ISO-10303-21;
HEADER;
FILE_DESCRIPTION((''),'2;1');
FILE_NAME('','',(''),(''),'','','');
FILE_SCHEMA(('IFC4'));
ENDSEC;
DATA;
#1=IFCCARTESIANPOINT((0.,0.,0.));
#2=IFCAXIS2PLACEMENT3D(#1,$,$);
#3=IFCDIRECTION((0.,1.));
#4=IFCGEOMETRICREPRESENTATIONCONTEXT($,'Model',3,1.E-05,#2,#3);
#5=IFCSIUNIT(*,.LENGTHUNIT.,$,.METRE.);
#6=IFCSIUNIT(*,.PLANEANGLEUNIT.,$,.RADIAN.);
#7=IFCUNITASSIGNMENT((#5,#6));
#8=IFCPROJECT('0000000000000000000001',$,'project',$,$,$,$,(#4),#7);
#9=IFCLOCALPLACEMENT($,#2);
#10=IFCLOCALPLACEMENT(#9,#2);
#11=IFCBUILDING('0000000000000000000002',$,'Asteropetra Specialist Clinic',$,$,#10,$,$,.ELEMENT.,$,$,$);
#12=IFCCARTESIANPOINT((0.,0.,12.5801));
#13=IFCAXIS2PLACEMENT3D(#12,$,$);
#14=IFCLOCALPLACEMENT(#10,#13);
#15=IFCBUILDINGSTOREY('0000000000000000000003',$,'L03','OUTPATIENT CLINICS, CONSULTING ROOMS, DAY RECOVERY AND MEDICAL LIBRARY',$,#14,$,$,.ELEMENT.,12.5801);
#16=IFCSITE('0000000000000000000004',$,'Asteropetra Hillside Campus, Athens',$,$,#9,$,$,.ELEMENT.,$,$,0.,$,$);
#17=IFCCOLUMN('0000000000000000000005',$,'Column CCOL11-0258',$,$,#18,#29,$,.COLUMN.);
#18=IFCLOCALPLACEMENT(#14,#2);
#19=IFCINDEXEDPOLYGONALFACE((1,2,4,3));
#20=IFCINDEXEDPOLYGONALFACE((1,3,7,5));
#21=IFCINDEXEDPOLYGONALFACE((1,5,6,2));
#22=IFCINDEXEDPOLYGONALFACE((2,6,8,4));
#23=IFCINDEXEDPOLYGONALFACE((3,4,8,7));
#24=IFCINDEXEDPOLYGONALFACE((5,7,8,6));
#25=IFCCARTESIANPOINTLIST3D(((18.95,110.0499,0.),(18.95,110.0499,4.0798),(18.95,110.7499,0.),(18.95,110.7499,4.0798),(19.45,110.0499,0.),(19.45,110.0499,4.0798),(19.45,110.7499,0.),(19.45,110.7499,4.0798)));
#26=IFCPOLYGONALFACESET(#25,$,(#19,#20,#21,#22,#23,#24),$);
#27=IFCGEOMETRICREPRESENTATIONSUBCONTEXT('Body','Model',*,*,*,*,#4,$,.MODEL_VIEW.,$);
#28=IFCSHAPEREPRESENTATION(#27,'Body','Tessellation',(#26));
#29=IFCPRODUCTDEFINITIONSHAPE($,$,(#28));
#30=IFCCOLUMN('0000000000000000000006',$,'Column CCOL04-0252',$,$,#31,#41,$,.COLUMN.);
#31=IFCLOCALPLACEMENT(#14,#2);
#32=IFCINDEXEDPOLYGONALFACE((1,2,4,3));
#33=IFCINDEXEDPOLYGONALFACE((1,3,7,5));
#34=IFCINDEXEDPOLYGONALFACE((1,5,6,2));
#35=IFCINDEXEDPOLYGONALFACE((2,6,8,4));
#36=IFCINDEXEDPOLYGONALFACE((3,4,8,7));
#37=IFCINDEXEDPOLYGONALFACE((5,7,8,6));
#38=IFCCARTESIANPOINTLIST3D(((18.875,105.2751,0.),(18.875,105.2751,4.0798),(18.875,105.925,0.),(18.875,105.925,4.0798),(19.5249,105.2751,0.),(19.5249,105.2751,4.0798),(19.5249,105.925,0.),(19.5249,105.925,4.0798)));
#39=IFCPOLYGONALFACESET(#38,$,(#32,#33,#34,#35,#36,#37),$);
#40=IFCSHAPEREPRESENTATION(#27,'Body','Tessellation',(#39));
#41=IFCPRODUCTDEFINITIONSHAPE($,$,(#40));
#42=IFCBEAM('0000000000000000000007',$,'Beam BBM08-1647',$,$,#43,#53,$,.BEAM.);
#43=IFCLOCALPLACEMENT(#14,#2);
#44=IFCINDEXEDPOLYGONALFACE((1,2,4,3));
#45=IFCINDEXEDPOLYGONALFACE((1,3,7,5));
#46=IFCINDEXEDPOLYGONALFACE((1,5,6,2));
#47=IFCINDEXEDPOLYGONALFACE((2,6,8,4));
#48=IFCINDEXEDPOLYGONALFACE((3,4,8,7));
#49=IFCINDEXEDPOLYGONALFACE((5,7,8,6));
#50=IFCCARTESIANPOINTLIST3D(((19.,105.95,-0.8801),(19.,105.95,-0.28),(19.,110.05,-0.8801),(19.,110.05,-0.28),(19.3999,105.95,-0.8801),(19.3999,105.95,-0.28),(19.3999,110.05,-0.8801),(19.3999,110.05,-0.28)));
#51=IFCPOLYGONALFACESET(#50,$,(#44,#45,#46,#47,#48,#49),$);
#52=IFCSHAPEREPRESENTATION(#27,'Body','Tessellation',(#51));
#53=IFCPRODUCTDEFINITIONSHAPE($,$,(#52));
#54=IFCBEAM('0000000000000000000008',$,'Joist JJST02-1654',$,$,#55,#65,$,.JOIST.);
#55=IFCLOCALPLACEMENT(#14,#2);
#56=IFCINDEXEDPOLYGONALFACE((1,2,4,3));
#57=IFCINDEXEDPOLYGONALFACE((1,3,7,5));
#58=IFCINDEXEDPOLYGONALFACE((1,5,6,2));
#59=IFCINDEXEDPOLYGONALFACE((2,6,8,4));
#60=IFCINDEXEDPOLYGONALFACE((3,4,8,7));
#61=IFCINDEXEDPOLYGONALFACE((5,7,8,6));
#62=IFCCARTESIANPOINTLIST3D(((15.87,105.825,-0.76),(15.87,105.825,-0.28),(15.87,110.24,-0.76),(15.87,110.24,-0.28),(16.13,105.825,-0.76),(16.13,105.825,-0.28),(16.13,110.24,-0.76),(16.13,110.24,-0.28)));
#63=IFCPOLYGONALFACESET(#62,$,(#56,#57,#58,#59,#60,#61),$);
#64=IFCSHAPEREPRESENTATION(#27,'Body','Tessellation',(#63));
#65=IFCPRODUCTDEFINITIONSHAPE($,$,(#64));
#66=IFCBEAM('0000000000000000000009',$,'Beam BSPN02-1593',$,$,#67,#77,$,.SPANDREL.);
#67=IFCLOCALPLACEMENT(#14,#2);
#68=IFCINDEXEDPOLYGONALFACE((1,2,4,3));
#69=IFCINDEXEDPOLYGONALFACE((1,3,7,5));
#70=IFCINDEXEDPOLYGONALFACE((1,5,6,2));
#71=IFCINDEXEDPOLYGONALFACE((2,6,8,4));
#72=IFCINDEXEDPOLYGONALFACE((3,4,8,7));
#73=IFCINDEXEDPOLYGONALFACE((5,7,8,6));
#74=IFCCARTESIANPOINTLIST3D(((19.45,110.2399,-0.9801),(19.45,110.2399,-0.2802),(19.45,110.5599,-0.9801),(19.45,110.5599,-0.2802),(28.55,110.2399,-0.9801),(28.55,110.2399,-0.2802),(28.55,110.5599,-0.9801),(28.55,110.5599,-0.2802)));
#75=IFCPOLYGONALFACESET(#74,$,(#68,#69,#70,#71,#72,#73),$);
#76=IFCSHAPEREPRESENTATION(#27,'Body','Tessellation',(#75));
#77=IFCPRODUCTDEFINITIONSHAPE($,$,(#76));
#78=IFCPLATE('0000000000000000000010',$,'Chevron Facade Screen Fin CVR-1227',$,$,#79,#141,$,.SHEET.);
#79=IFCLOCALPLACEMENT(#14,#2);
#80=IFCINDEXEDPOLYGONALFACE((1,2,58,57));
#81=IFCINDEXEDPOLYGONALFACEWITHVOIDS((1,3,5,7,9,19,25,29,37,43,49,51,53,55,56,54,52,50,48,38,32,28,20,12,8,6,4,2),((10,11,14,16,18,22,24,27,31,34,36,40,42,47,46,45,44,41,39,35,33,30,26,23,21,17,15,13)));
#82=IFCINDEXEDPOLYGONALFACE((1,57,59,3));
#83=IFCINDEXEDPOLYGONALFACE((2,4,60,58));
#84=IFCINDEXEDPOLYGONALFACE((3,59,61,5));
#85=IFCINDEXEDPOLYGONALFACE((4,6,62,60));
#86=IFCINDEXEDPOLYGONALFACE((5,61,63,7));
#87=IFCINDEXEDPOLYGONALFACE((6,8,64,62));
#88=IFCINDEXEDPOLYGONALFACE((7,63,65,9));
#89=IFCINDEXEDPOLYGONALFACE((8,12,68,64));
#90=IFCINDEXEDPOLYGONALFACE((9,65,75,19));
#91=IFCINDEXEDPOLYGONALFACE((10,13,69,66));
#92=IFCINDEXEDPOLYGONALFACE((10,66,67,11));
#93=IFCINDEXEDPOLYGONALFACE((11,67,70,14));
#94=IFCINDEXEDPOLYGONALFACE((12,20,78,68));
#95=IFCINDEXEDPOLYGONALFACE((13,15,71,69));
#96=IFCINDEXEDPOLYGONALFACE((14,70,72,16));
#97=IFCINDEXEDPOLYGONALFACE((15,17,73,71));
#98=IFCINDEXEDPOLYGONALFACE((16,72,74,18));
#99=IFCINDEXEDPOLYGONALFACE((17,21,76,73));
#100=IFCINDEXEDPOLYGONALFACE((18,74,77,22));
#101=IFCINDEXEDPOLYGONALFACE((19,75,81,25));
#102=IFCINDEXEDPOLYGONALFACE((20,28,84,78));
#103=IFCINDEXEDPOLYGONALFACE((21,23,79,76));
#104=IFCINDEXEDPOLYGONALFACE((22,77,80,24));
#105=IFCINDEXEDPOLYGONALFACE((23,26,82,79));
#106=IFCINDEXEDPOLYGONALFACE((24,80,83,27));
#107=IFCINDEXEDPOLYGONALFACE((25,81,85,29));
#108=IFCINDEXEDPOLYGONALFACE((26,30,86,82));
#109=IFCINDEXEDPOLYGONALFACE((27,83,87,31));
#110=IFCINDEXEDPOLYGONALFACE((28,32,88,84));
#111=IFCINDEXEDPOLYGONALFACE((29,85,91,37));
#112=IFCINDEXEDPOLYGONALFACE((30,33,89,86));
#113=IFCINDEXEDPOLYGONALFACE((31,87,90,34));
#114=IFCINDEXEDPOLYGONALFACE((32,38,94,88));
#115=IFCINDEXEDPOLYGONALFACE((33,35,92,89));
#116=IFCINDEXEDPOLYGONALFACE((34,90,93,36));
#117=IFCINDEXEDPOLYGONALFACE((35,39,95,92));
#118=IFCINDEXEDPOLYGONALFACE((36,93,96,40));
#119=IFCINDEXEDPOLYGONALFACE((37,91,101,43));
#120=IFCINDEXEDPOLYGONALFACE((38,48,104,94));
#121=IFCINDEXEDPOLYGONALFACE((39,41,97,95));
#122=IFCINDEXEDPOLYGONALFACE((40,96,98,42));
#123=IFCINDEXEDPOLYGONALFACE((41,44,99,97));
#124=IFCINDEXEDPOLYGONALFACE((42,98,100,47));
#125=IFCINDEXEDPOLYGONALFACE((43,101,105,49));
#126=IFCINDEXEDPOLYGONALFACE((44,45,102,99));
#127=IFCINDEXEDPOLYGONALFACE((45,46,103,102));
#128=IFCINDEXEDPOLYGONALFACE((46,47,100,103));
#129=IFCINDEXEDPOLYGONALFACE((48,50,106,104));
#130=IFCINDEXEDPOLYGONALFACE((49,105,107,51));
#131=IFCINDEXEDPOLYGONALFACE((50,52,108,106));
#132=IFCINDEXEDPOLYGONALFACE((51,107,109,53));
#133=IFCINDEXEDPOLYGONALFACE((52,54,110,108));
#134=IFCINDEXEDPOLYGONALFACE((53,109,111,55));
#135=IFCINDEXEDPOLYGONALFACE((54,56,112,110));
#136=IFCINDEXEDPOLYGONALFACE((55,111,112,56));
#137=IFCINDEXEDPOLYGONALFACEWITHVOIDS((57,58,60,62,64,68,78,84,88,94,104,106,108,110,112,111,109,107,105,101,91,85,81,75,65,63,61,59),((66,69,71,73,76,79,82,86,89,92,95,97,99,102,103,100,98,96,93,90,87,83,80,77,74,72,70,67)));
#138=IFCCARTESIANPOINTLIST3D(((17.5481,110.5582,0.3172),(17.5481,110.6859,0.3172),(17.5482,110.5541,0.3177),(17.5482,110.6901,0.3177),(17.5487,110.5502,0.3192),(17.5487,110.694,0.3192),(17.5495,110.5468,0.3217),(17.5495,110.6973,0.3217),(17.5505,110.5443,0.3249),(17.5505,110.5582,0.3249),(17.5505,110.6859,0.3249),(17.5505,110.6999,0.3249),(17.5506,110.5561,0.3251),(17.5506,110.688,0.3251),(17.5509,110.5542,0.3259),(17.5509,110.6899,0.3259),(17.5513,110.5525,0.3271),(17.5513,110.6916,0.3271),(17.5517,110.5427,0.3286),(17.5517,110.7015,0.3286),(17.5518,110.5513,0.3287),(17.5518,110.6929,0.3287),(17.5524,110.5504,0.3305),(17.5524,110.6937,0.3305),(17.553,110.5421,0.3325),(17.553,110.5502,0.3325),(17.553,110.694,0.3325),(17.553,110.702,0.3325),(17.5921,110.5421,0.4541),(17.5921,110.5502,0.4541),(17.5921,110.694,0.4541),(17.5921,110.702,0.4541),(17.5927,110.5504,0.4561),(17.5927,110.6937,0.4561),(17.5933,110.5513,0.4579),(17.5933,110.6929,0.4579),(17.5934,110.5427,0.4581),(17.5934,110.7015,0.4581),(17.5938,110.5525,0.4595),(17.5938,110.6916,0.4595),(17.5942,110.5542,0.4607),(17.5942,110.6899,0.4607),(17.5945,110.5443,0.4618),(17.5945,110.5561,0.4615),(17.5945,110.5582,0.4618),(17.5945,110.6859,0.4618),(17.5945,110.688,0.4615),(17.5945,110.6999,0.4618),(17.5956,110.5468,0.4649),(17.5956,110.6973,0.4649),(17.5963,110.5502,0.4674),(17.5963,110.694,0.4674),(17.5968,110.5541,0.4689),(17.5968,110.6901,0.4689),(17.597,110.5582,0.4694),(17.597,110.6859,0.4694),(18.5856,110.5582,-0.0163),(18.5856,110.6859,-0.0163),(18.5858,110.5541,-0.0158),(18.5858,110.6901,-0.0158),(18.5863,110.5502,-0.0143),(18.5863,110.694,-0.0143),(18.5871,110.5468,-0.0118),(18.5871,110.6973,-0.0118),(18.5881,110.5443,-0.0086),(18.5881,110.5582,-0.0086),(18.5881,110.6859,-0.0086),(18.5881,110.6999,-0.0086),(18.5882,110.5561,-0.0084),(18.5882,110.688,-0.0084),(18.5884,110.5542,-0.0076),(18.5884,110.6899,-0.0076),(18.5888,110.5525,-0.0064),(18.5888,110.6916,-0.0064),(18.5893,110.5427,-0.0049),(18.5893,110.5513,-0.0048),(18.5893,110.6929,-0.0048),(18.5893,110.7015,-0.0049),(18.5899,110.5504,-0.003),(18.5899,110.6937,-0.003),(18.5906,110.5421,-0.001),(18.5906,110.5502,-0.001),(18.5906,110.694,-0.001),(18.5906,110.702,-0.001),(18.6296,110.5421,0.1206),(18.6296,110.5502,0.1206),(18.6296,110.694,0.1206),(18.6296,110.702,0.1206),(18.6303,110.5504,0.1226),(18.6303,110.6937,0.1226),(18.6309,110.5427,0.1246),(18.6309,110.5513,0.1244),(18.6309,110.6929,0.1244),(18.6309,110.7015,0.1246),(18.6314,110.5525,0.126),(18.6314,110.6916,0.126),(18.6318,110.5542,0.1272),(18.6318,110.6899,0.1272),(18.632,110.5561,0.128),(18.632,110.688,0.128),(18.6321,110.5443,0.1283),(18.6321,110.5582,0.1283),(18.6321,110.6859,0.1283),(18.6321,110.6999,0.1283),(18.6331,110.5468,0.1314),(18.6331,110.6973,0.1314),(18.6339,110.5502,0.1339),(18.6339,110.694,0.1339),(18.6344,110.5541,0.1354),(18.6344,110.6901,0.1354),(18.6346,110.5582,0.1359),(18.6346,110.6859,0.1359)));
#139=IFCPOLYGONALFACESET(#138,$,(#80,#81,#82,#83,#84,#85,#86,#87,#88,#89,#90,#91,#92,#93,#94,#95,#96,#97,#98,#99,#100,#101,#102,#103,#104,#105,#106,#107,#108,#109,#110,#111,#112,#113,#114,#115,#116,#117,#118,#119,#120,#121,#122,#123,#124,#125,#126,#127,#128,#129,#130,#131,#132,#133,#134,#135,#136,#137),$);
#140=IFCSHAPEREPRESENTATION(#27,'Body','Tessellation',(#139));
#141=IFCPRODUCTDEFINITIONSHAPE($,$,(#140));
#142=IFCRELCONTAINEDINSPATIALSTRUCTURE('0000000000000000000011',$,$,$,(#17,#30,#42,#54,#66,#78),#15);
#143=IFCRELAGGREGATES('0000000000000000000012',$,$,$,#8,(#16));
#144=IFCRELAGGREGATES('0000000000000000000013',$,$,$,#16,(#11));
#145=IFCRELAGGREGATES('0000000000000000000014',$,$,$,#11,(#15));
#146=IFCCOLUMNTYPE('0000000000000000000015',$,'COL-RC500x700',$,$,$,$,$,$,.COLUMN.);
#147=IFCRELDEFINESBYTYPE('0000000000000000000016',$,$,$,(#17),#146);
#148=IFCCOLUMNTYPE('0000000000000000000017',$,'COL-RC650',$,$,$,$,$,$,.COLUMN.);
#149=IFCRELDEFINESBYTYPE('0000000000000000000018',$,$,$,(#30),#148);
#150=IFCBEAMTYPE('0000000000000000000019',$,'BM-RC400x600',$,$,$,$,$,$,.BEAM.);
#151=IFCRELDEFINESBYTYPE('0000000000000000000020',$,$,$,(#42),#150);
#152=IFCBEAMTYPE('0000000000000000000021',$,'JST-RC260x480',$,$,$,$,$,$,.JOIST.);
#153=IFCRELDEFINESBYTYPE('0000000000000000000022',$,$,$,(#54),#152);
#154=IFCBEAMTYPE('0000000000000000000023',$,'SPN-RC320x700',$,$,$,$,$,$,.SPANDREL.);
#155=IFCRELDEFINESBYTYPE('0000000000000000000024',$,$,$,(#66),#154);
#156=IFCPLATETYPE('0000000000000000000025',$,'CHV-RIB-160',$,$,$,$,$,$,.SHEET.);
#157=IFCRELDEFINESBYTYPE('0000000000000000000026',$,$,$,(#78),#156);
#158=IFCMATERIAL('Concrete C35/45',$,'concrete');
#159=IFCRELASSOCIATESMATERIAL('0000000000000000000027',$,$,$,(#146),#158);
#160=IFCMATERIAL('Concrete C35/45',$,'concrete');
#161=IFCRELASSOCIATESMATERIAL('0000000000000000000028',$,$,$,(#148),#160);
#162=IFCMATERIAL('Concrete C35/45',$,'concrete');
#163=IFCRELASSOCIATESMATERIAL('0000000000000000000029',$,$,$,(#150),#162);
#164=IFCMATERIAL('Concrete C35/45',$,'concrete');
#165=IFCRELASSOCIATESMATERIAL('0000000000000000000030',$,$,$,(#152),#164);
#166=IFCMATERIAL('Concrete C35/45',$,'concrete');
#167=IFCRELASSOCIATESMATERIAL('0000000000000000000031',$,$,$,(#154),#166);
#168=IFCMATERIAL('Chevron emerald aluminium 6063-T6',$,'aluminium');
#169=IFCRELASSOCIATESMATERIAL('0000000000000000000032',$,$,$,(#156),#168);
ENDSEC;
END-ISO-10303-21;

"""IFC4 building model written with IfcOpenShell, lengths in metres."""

from ifc_helpers import new_model, si_unit, direction, frame, origin, origin_2d, place, context, subcontext, project, spatial, rectangle, hollow_rectangle, extrude, material, material_profile, profile_set, type_object, element, save


model = new_model("IFC4")

# Units and contexts
model_context = context("Model", 3, precision=1e-05, world=origin(), true_north=direction((0.0, 1.0)))
body_context = subcontext(model_context, "Body", "Model", "MODEL_VIEW")
ifc_project = project(units=[si_unit("LENGTHUNIT", "METRE"), si_unit("PLANEANGLEUNIT", "RADIAN")], contexts=[model_context])

# Site, building, storey
site_placement = place(None, origin())
site = spatial("IfcSite", under=ifc_project, at=site_placement, Name="Asteropetra Hillside Campus, Athens", CompositionType="ELEMENT", RefElevation=0.0)
building_placement = place(site_placement, origin())
building = spatial("IfcBuilding", under=site, at=building_placement, Name="Asteropetra Specialist Clinic", CompositionType="ELEMENT")
storey_placement = place(building_placement, frame((0.0, 0.0, 12.5801)))
storey = spatial("IfcBuildingStorey", under=building, at=storey_placement, Name="L03", Description="OUTPATIENT CLINICS, CONSULTING ROOMS, DAY RECOVERY AND MEDICAL LIBRARY", CompositionType="ELEMENT", Elevation=12.5801)

# Columns
ifc_material_1 = material(Name="Concrete C35/45", Category="concrete")
ifc_material_profile_1 = material_profile(ifc_material_1, rectangle(XDim=0.5, YDim=0.7, at=origin_2d()), Name="RC 500x700")
ifc_profile_set_1 = profile_set([ifc_material_profile_1], Name="Concrete C35/45")
column_type_1 = type_object("IfcColumnType", Name="COL-RC500x700", PredefinedType="COLUMN", material=ifc_profile_set_1)
column_1_placement = place(storey_placement, frame((19.2, 110.3999, 0.0), z_axis=(0.0, 0.0, 1.0), x_axis=(1.0, 0.0, 0.0)))
element("IfcColumn", 1, at=column_1_placement, inside=storey, type_object=column_type_1, Name="Column CCOL11-0258", PredefinedType="COLUMN", context=body_context, shape_type="SweptSolid", body=[
    extrude(rectangle(XDim=0.5, YDim=0.7, at=origin_2d()), origin(), (0.0, 0.0, 1.0), 4.0798),
])
ifc_material_2 = material(Name="Concrete C35/45", Category="concrete")
ifc_material_profile_2 = material_profile(ifc_material_2, rectangle(XDim=0.6499, YDim=0.6499, at=origin_2d()), Name="RC 650x650")
ifc_profile_set_2 = profile_set([ifc_material_profile_2], Name="Concrete C35/45")
column_type_2 = type_object("IfcColumnType", Name="COL-RC650", PredefinedType="COLUMN", material=ifc_profile_set_2)
column_2_placement = place(storey_placement, frame((19.2, 105.6001, 0.0), z_axis=(0.0, 0.0, 1.0), x_axis=(1.0, 0.0, 0.0)))
element("IfcColumn", 2, at=column_2_placement, inside=storey, type_object=column_type_2, Name="Column CCOL04-0252", PredefinedType="COLUMN", context=body_context, shape_type="SweptSolid", body=[
    extrude(rectangle(XDim=0.6499, YDim=0.6499, at=origin_2d()), origin(), (0.0, 0.0, 1.0), 4.0798),
])

# Beams
ifc_material_3 = material(Name="Concrete C35/45", Category="concrete")
ifc_material_profile_3 = material_profile(ifc_material_3, rectangle(XDim=0.3999, YDim=0.6001, at=origin_2d()), Name="RCB 400x600")
ifc_profile_set_3 = profile_set([ifc_material_profile_3], Name="Concrete C35/45")
beam_type_1 = type_object("IfcBeamType", Name="BM-RC400x600", PredefinedType="BEAM", material=ifc_profile_set_3)
beam_1_placement = place(storey_placement, frame((19.2, 105.95, -0.5801), z_axis=(0.0, 1.0, 0.0), x_axis=(-1.0, 0.0, 0.0)))
element("IfcBeam", 3, at=beam_1_placement, inside=storey, type_object=beam_type_1, Name="Beam BBM08-1647", PredefinedType="BEAM", context=body_context, shape_type="SweptSolid", body=[
    extrude(rectangle(XDim=0.3999, YDim=0.6001, at=origin_2d()), origin(), (0.0, 0.0, 1.0), 4.1001),
])
ifc_material_4 = material(Name="Concrete C35/45", Category="concrete")
ifc_material_profile_4 = material_profile(ifc_material_4, rectangle(XDim=0.26, YDim=0.48, at=origin_2d()), Name="RCJ 260x480")
ifc_profile_set_4 = profile_set([ifc_material_profile_4], Name="Concrete C35/45")
beam_type_2 = type_object("IfcBeamType", Name="JST-RC260x480", PredefinedType="JOIST", material=ifc_profile_set_4)
beam_2_placement = place(storey_placement, frame((16.0, 105.825, -0.52), z_axis=(0.0, 1.0, 0.0), x_axis=(-1.0, 0.0, 0.0)))
element("IfcBeam", 4, at=beam_2_placement, inside=storey, type_object=beam_type_2, Name="Joist JJST02-1654", PredefinedType="JOIST", context=body_context, shape_type="SweptSolid", body=[
    extrude(rectangle(XDim=0.26, YDim=0.48, at=origin_2d()), origin(), (0.0, 0.0, 1.0), 4.415),
])
ifc_material_5 = material(Name="Concrete C35/45", Category="concrete")
ifc_material_profile_5 = material_profile(ifc_material_5, rectangle(XDim=0.3201, YDim=0.7, at=origin_2d()), Name="RCS 320x700")
ifc_profile_set_5 = profile_set([ifc_material_profile_5], Name="Concrete C35/45")
beam_type_3 = type_object("IfcBeamType", Name="SPN-RC320x700", PredefinedType="SPANDREL", material=ifc_profile_set_5)
beam_3_placement = place(storey_placement, frame((19.45, 110.3999, -0.6301), z_axis=(1.0, 0.0, 0.0), x_axis=(0.0, 1.0, 0.0)))
element("IfcBeam", 5, at=beam_3_placement, inside=storey, type_object=beam_type_3, Name="Beam BSPN02-1593", PredefinedType="SPANDREL", context=body_context, shape_type="SweptSolid", body=[
    extrude(rectangle(XDim=0.3201, YDim=0.7, at=origin_2d()), origin(), (0.0, 0.0, 1.0), 9.1001),
])

# Plate
ifc_material_6 = material(Name="Chevron emerald aluminium 6063-T6", Category="aluminium")
ifc_material_profile_6 = material_profile(ifc_material_6, hollow_rectangle(XDim=0.1599, YDim=0.1599, WallThickness=0.0081, InnerFilletRadius=0.0081, OuterFilletRadius=0.0161, at=origin_2d()), Name="SHS 160x160x8.0")
ifc_profile_set_6 = profile_set([ifc_material_profile_6], Name="Chevron emerald aluminium 6063-T6")
plate_type_1 = type_object("IfcPlateType", Name="CHV-RIB-160", PredefinedType="SHEET", material=ifc_profile_set_6)
for number, where, z_axis, x_axis, name in (
    (6, (18.6101, 110.6221, 0.0598), (-0.952033, 0.0, 0.305995), (0.0, -1.0, 0.0), "Chevron Facade Screen Fin CVR-1227"),
):
    element("IfcPlate", number, at=place(storey_placement, frame(where, z_axis=z_axis, x_axis=x_axis)), inside=storey, type_object=plate_type_1, Name=name, PredefinedType="SHEET", context=body_context, shape_type="SweptSolid", body=[
        extrude(hollow_rectangle(XDim=0.1599, YDim=0.1599, WallThickness=0.0081, InnerFilletRadius=0.0081, OuterFilletRadius=0.0161, at=origin_2d()), origin(), (0.0, 0.0, 1.0), 1.0898),
    ])

save(model, "model.ifc")
